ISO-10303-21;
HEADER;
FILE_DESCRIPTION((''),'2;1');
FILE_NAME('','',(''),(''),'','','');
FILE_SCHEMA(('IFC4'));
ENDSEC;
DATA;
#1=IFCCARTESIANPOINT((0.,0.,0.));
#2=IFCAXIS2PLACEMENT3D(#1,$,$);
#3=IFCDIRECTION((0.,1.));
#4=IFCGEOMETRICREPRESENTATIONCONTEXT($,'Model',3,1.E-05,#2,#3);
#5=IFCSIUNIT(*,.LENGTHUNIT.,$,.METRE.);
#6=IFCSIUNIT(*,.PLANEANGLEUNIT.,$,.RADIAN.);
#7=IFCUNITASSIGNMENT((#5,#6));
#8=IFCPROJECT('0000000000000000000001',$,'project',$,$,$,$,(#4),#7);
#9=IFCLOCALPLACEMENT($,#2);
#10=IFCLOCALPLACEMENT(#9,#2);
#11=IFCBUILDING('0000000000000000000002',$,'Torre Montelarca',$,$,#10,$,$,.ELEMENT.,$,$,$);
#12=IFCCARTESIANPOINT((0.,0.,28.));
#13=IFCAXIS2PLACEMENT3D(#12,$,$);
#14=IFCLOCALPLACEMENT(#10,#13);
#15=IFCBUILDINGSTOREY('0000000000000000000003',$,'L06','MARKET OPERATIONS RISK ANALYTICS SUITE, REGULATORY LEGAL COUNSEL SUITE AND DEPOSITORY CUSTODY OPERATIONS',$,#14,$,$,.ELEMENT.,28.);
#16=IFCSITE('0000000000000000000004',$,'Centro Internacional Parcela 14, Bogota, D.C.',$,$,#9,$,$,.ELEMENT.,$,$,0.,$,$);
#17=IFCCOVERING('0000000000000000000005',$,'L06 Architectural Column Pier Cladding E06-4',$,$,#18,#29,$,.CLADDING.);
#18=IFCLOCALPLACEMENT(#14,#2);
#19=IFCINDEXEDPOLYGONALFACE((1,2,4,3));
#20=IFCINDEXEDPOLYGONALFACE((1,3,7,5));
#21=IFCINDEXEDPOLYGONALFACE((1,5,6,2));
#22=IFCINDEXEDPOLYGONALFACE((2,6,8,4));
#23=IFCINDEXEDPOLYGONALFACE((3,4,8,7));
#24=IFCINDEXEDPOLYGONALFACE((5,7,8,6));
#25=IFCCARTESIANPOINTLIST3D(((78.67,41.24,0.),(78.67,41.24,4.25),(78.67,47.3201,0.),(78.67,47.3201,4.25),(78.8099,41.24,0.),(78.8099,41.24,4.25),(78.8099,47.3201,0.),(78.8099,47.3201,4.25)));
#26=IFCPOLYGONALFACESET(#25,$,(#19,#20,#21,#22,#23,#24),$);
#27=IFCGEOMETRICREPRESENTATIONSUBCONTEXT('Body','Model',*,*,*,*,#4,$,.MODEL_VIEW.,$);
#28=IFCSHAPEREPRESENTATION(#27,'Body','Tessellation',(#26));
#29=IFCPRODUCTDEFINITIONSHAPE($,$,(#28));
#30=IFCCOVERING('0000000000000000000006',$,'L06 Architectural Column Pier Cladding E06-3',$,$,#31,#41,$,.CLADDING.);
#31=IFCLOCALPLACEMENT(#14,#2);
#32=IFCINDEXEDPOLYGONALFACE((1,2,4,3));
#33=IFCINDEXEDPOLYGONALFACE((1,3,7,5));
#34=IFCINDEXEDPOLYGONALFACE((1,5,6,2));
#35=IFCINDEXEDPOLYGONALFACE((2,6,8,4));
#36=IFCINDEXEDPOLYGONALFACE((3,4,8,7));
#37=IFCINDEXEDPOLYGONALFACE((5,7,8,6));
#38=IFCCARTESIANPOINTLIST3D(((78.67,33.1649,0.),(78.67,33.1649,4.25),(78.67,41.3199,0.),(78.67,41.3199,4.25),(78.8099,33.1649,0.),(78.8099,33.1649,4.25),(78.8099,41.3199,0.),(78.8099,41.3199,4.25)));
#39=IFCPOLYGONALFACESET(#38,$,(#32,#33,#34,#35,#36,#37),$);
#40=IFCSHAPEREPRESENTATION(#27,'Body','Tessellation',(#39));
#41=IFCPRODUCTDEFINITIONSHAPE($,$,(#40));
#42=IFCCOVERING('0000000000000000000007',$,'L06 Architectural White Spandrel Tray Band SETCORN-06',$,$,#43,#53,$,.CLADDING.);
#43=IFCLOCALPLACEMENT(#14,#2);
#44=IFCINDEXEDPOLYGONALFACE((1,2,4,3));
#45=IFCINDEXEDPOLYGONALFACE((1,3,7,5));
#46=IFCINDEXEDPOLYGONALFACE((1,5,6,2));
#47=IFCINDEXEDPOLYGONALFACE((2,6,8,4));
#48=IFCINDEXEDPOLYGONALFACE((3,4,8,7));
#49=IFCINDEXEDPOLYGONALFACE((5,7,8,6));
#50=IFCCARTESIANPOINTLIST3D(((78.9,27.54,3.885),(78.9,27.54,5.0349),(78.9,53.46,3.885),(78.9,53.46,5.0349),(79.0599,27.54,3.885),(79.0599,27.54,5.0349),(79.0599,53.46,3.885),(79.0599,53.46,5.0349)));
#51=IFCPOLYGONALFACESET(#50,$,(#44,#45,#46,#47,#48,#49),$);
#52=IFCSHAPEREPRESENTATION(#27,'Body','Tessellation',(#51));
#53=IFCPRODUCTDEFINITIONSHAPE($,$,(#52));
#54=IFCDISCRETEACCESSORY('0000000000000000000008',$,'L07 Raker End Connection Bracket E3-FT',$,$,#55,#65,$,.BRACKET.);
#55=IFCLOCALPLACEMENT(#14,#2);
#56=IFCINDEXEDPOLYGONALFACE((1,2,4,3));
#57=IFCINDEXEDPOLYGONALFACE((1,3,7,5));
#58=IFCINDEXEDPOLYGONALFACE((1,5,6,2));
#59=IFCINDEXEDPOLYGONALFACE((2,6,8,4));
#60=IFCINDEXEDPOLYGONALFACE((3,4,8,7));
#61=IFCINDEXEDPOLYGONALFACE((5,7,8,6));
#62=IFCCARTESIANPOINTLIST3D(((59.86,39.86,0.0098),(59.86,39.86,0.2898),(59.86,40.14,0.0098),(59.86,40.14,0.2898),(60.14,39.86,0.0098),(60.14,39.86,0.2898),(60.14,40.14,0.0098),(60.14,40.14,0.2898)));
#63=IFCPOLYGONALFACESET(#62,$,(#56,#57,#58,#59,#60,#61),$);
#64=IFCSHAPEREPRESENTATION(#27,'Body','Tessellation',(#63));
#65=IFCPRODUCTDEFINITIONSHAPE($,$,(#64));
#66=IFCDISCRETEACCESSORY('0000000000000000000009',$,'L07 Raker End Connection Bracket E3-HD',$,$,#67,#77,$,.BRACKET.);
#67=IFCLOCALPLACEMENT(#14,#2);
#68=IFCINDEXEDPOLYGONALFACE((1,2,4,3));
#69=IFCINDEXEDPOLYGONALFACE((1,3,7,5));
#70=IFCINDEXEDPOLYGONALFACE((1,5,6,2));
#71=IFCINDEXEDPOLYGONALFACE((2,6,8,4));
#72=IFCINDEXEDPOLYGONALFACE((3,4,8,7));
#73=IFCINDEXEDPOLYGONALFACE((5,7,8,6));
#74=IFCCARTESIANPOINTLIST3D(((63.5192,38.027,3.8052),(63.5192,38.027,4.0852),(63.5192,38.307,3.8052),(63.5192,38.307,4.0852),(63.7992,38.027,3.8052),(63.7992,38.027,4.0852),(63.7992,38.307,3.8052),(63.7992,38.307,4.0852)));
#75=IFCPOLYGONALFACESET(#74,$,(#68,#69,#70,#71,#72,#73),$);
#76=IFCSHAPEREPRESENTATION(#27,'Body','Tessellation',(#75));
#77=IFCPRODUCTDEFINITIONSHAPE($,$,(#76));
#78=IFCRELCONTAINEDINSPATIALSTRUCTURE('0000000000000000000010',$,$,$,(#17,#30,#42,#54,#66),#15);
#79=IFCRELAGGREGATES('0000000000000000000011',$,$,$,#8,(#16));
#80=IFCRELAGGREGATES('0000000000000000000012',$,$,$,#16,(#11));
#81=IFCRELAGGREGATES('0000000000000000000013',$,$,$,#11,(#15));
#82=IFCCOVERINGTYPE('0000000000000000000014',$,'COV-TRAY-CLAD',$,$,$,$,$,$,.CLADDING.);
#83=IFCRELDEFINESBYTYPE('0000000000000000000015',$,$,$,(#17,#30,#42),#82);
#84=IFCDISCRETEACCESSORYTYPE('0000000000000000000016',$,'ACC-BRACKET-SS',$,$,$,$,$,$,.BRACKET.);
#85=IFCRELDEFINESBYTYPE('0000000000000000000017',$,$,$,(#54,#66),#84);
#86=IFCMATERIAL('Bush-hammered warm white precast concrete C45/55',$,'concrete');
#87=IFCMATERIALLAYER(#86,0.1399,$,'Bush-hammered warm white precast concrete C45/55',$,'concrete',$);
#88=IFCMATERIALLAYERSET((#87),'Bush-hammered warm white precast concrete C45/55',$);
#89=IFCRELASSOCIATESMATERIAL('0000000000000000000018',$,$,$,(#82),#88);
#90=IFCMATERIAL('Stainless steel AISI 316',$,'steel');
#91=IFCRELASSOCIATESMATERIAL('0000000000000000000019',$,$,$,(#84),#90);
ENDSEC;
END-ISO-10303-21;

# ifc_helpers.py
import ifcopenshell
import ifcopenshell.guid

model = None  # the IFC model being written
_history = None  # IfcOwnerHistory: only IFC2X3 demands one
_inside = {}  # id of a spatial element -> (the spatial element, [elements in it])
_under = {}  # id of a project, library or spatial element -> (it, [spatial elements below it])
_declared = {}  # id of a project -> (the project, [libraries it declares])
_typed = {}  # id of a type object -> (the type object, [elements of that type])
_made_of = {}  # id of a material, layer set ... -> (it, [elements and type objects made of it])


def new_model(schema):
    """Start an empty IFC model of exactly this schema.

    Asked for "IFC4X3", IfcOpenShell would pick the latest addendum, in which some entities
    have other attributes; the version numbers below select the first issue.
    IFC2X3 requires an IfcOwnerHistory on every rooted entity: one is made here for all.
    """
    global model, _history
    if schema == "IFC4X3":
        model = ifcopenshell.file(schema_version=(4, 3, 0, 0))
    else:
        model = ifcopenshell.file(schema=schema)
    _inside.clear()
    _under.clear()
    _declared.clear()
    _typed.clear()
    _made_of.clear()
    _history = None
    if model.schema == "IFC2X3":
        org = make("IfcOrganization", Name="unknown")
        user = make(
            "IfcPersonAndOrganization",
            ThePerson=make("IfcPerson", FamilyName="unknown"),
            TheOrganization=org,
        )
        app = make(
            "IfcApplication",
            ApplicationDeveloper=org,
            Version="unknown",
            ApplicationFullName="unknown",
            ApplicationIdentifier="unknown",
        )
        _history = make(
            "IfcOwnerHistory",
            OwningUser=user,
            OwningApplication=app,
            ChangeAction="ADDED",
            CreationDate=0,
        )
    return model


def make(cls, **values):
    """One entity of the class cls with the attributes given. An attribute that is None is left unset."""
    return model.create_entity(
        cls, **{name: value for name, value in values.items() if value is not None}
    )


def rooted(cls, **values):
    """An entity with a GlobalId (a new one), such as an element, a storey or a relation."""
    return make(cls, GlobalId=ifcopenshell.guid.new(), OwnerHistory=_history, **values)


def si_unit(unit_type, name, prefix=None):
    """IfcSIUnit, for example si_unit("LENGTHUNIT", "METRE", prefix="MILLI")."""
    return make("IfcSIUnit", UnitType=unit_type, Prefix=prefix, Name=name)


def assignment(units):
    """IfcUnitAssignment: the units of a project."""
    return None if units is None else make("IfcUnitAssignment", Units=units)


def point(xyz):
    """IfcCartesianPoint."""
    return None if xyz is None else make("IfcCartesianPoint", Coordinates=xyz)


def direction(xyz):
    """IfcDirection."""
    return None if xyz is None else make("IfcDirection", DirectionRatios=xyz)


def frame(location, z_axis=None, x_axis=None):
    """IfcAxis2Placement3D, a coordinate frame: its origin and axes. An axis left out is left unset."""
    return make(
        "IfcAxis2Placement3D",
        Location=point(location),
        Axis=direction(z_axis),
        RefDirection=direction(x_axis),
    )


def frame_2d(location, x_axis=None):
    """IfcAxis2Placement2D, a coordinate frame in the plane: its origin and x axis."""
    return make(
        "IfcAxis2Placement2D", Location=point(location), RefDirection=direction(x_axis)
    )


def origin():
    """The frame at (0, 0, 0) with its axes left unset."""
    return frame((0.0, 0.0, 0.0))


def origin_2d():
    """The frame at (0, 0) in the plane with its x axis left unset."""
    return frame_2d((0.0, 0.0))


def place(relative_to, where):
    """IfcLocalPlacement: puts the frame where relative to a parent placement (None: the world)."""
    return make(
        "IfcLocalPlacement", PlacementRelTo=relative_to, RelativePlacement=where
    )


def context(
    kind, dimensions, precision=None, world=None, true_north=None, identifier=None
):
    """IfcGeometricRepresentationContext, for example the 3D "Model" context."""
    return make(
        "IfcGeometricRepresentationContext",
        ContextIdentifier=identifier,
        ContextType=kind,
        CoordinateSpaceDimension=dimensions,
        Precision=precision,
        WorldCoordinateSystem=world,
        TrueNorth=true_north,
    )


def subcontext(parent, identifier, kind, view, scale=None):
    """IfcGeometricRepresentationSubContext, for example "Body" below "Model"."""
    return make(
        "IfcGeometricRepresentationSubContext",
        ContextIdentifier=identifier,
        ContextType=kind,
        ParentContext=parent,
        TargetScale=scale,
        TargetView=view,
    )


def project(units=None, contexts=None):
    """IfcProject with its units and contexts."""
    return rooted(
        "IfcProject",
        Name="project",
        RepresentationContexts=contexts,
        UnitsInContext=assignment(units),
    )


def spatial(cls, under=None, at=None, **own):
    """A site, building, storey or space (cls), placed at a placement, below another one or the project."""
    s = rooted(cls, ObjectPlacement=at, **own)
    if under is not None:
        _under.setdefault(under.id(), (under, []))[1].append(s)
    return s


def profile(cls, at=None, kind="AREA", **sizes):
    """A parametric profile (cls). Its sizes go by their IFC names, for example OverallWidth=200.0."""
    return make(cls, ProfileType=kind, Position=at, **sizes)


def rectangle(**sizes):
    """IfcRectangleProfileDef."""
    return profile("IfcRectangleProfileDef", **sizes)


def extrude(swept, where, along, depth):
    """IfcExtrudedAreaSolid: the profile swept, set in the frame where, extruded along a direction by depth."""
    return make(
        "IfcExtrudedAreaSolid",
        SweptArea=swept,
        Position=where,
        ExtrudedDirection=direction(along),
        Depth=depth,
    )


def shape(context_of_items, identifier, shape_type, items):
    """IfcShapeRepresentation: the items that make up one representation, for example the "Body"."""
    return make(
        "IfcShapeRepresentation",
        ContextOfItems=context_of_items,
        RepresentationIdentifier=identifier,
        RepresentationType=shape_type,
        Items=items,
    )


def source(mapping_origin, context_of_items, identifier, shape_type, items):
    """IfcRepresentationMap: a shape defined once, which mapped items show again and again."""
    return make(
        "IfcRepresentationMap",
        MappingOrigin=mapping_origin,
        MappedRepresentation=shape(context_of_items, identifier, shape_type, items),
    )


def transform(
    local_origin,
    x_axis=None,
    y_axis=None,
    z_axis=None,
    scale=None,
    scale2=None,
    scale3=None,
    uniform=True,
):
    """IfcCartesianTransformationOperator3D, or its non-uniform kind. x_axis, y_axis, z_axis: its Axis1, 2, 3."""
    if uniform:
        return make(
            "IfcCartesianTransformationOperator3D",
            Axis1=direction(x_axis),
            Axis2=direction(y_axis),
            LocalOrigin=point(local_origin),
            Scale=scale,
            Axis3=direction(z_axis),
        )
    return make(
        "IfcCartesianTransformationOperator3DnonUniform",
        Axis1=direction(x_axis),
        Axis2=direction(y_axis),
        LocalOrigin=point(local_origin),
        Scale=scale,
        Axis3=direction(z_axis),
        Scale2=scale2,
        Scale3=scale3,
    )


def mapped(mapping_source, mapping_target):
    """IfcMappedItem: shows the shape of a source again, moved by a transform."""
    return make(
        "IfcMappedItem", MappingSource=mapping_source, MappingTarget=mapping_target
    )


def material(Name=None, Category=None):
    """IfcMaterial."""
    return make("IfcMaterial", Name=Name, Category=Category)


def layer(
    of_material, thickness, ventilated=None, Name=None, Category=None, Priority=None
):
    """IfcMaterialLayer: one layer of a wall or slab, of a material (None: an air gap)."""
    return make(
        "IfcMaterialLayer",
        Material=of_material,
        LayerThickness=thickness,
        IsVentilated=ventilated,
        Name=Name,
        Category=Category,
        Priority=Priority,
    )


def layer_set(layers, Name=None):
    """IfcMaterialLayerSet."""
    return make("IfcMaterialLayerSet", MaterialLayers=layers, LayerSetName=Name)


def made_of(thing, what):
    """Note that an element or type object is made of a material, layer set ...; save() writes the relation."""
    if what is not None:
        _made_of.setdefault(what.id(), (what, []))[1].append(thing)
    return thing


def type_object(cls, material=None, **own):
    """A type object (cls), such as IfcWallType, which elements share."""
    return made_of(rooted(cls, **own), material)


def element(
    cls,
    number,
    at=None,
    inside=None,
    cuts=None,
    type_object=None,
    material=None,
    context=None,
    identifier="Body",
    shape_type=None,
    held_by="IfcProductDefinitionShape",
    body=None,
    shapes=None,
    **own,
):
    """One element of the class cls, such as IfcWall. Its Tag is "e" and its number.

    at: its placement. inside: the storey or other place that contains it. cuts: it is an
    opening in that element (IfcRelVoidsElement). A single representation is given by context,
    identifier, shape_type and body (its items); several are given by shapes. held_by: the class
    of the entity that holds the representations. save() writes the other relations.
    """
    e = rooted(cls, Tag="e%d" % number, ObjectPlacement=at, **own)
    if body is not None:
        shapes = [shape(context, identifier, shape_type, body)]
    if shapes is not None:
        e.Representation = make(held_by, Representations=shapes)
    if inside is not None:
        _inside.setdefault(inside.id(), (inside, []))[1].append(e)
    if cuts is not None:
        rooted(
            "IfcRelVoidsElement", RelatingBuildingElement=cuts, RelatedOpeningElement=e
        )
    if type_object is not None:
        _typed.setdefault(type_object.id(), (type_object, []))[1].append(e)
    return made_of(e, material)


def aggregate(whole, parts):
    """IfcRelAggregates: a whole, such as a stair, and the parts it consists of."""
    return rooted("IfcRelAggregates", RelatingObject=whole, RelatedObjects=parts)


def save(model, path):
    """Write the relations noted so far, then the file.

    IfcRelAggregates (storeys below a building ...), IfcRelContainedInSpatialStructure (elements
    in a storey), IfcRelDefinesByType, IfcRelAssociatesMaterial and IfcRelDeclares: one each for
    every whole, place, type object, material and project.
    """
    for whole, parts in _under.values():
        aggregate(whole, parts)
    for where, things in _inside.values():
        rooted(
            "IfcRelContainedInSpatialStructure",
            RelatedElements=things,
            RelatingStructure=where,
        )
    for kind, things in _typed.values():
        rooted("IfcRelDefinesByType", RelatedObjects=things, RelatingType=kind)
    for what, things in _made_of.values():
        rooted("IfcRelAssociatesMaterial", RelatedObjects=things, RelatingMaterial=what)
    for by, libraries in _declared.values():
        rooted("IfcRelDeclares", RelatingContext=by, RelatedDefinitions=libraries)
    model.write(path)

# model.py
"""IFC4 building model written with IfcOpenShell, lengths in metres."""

from ifc_helpers import new_model, si_unit, direction, frame, origin, origin_2d, place, context, subcontext, project, spatial, rectangle, extrude, source, transform, mapped, material, layer, layer_set, type_object, element, save


model = new_model("IFC4")

# Units and contexts
model_context = context("Model", 3, precision=1e-05, world=origin(), true_north=direction((0.0, 1.0)))
body_context = subcontext(model_context, "Body", "Model", "MODEL_VIEW")
ifc_project = project(units=[si_unit("LENGTHUNIT", "METRE"), si_unit("PLANEANGLEUNIT", "RADIAN")], contexts=[model_context])

# Site, building, storey
site_placement = place(None, origin())
site = spatial("IfcSite", under=ifc_project, at=site_placement, Name="Centro Internacional Parcela 14, Bogota, D.C.", CompositionType="ELEMENT", RefElevation=0.0)
building_placement = place(site_placement, origin())
building = spatial("IfcBuilding", under=site, at=building_placement, Name="Torre Montelarca", CompositionType="ELEMENT")
storey_placement = place(building_placement, frame((0.0, 0.0, 28.0)))
storey = spatial("IfcBuildingStorey", under=building, at=storey_placement, Name="L06", Description="MARKET OPERATIONS RISK ANALYTICS SUITE, REGULATORY LEGAL COUNSEL SUITE AND DEPOSITORY CUSTODY OPERATIONS", CompositionType="ELEMENT", Elevation=28.0)

# Coverings
ifc_material_1 = material(Name="Bush-hammered warm white precast concrete C45/55", Category="concrete")
ifc_layer = layer(ifc_material_1, 0.1399, Name="Bush-hammered warm white precast concrete C45/55", Category="concrete")
ifc_layer_set = layer_set([ifc_layer], Name="Bush-hammered warm white precast concrete C45/55")
covering_type = type_object("IfcCoveringType", Name="COV-TRAY-CLAD", PredefinedType="CLADDING", material=ifc_layer_set)
shared_shape_1 = source(origin(), body_context, "Body", "SweptSolid", [
    extrude(rectangle(XDim=6.0801, YDim=0.1399, at=origin_2d()), origin(), (0.0, 0.0, 1.0), 4.25),
])
covering_1_placement = place(storey_placement, frame((78.74, 44.28, 0.0), z_axis=(0.0, 0.0, 1.0), x_axis=(0.0, 1.0, 0.0)))
element("IfcCovering", 1, at=covering_1_placement, inside=storey, type_object=covering_type, Name="L06 Architectural Column Pier Cladding E06-4", PredefinedType="CLADDING", context=body_context, shape_type="MappedRepresentation", body=[
    mapped(shared_shape_1, transform((0.0, 0.0, 0.0), scale=1.0)),
])
shared_shape_2 = source(origin(), body_context, "Body", "SweptSolid", [
    extrude(rectangle(XDim=8.155, YDim=0.1399, at=origin_2d()), origin(), (0.0, 0.0, 1.0), 4.25),
])
covering_2_placement = place(storey_placement, frame((78.74, 37.2424, 0.0), z_axis=(0.0, 0.0, 1.0), x_axis=(0.0, 1.0, 0.0)))
element("IfcCovering", 2, at=covering_2_placement, inside=storey, type_object=covering_type, Name="L06 Architectural Column Pier Cladding E06-3", PredefinedType="CLADDING", context=body_context, shape_type="MappedRepresentation", body=[
    mapped(shared_shape_2, transform((0.0, 0.0, 0.0), scale=1.0)),
])
shared_shape_3 = source(origin(), body_context, "Body", "SweptSolid", [
    extrude(rectangle(XDim=25.9199, YDim=0.1599, at=origin_2d()), origin(), (0.0, 0.0, 1.0), 1.1499),
])
covering_3_placement = place(storey_placement, frame((78.98, 40.5, 3.885), z_axis=(0.0, 0.0, 1.0), x_axis=(0.0, 1.0, 0.0)))
element("IfcCovering", 3, at=covering_3_placement, inside=storey, type_object=covering_type, Name="L06 Architectural White Spandrel Tray Band SETCORN-06", PredefinedType="CLADDING", context=body_context, shape_type="MappedRepresentation", body=[
    mapped(shared_shape_3, transform((0.0, 0.0, 0.0), scale=1.0)),
])

# Discrete accessories
ifc_material_2 = material(Name="Stainless steel AISI 316", Category="steel")
discrete_accessory_type = type_object("IfcDiscreteAccessoryType", Name="ACC-BRACKET-SS", PredefinedType="BRACKET", material=ifc_material_2)
shared_shape_4 = source(origin(), body_context, "Body", "SweptSolid", [
    extrude(rectangle(XDim=0.28, YDim=0.28, at=origin_2d()), origin(), (0.0, 0.0, 1.0), 0.28),
])
for number, where, z_axis, x_axis, name in (
    (4, (60.0, 40.0, 0.0098), (0.0, 0.0, 1.0), (1.0, 0.0, 0.0), "L07 Raker End Connection Bracket E3-FT"),
    (5, (63.6592, 38.167, 3.8052), (0.0, 0.0, 1.0), (1.0, 0.0, 0.0), "L07 Raker End Connection Bracket E3-HD"),
):
    element("IfcDiscreteAccessory", number, at=place(storey_placement, frame(where, z_axis=z_axis, x_axis=x_axis)), inside=storey, type_object=discrete_accessory_type, Name=name, PredefinedType="BRACKET", context=body_context, shape_type="MappedRepresentation", body=[
        mapped(shared_shape_4, transform((0.0, 0.0, 0.0), scale=1.0)),
    ])

save(model, "model.ifc")
